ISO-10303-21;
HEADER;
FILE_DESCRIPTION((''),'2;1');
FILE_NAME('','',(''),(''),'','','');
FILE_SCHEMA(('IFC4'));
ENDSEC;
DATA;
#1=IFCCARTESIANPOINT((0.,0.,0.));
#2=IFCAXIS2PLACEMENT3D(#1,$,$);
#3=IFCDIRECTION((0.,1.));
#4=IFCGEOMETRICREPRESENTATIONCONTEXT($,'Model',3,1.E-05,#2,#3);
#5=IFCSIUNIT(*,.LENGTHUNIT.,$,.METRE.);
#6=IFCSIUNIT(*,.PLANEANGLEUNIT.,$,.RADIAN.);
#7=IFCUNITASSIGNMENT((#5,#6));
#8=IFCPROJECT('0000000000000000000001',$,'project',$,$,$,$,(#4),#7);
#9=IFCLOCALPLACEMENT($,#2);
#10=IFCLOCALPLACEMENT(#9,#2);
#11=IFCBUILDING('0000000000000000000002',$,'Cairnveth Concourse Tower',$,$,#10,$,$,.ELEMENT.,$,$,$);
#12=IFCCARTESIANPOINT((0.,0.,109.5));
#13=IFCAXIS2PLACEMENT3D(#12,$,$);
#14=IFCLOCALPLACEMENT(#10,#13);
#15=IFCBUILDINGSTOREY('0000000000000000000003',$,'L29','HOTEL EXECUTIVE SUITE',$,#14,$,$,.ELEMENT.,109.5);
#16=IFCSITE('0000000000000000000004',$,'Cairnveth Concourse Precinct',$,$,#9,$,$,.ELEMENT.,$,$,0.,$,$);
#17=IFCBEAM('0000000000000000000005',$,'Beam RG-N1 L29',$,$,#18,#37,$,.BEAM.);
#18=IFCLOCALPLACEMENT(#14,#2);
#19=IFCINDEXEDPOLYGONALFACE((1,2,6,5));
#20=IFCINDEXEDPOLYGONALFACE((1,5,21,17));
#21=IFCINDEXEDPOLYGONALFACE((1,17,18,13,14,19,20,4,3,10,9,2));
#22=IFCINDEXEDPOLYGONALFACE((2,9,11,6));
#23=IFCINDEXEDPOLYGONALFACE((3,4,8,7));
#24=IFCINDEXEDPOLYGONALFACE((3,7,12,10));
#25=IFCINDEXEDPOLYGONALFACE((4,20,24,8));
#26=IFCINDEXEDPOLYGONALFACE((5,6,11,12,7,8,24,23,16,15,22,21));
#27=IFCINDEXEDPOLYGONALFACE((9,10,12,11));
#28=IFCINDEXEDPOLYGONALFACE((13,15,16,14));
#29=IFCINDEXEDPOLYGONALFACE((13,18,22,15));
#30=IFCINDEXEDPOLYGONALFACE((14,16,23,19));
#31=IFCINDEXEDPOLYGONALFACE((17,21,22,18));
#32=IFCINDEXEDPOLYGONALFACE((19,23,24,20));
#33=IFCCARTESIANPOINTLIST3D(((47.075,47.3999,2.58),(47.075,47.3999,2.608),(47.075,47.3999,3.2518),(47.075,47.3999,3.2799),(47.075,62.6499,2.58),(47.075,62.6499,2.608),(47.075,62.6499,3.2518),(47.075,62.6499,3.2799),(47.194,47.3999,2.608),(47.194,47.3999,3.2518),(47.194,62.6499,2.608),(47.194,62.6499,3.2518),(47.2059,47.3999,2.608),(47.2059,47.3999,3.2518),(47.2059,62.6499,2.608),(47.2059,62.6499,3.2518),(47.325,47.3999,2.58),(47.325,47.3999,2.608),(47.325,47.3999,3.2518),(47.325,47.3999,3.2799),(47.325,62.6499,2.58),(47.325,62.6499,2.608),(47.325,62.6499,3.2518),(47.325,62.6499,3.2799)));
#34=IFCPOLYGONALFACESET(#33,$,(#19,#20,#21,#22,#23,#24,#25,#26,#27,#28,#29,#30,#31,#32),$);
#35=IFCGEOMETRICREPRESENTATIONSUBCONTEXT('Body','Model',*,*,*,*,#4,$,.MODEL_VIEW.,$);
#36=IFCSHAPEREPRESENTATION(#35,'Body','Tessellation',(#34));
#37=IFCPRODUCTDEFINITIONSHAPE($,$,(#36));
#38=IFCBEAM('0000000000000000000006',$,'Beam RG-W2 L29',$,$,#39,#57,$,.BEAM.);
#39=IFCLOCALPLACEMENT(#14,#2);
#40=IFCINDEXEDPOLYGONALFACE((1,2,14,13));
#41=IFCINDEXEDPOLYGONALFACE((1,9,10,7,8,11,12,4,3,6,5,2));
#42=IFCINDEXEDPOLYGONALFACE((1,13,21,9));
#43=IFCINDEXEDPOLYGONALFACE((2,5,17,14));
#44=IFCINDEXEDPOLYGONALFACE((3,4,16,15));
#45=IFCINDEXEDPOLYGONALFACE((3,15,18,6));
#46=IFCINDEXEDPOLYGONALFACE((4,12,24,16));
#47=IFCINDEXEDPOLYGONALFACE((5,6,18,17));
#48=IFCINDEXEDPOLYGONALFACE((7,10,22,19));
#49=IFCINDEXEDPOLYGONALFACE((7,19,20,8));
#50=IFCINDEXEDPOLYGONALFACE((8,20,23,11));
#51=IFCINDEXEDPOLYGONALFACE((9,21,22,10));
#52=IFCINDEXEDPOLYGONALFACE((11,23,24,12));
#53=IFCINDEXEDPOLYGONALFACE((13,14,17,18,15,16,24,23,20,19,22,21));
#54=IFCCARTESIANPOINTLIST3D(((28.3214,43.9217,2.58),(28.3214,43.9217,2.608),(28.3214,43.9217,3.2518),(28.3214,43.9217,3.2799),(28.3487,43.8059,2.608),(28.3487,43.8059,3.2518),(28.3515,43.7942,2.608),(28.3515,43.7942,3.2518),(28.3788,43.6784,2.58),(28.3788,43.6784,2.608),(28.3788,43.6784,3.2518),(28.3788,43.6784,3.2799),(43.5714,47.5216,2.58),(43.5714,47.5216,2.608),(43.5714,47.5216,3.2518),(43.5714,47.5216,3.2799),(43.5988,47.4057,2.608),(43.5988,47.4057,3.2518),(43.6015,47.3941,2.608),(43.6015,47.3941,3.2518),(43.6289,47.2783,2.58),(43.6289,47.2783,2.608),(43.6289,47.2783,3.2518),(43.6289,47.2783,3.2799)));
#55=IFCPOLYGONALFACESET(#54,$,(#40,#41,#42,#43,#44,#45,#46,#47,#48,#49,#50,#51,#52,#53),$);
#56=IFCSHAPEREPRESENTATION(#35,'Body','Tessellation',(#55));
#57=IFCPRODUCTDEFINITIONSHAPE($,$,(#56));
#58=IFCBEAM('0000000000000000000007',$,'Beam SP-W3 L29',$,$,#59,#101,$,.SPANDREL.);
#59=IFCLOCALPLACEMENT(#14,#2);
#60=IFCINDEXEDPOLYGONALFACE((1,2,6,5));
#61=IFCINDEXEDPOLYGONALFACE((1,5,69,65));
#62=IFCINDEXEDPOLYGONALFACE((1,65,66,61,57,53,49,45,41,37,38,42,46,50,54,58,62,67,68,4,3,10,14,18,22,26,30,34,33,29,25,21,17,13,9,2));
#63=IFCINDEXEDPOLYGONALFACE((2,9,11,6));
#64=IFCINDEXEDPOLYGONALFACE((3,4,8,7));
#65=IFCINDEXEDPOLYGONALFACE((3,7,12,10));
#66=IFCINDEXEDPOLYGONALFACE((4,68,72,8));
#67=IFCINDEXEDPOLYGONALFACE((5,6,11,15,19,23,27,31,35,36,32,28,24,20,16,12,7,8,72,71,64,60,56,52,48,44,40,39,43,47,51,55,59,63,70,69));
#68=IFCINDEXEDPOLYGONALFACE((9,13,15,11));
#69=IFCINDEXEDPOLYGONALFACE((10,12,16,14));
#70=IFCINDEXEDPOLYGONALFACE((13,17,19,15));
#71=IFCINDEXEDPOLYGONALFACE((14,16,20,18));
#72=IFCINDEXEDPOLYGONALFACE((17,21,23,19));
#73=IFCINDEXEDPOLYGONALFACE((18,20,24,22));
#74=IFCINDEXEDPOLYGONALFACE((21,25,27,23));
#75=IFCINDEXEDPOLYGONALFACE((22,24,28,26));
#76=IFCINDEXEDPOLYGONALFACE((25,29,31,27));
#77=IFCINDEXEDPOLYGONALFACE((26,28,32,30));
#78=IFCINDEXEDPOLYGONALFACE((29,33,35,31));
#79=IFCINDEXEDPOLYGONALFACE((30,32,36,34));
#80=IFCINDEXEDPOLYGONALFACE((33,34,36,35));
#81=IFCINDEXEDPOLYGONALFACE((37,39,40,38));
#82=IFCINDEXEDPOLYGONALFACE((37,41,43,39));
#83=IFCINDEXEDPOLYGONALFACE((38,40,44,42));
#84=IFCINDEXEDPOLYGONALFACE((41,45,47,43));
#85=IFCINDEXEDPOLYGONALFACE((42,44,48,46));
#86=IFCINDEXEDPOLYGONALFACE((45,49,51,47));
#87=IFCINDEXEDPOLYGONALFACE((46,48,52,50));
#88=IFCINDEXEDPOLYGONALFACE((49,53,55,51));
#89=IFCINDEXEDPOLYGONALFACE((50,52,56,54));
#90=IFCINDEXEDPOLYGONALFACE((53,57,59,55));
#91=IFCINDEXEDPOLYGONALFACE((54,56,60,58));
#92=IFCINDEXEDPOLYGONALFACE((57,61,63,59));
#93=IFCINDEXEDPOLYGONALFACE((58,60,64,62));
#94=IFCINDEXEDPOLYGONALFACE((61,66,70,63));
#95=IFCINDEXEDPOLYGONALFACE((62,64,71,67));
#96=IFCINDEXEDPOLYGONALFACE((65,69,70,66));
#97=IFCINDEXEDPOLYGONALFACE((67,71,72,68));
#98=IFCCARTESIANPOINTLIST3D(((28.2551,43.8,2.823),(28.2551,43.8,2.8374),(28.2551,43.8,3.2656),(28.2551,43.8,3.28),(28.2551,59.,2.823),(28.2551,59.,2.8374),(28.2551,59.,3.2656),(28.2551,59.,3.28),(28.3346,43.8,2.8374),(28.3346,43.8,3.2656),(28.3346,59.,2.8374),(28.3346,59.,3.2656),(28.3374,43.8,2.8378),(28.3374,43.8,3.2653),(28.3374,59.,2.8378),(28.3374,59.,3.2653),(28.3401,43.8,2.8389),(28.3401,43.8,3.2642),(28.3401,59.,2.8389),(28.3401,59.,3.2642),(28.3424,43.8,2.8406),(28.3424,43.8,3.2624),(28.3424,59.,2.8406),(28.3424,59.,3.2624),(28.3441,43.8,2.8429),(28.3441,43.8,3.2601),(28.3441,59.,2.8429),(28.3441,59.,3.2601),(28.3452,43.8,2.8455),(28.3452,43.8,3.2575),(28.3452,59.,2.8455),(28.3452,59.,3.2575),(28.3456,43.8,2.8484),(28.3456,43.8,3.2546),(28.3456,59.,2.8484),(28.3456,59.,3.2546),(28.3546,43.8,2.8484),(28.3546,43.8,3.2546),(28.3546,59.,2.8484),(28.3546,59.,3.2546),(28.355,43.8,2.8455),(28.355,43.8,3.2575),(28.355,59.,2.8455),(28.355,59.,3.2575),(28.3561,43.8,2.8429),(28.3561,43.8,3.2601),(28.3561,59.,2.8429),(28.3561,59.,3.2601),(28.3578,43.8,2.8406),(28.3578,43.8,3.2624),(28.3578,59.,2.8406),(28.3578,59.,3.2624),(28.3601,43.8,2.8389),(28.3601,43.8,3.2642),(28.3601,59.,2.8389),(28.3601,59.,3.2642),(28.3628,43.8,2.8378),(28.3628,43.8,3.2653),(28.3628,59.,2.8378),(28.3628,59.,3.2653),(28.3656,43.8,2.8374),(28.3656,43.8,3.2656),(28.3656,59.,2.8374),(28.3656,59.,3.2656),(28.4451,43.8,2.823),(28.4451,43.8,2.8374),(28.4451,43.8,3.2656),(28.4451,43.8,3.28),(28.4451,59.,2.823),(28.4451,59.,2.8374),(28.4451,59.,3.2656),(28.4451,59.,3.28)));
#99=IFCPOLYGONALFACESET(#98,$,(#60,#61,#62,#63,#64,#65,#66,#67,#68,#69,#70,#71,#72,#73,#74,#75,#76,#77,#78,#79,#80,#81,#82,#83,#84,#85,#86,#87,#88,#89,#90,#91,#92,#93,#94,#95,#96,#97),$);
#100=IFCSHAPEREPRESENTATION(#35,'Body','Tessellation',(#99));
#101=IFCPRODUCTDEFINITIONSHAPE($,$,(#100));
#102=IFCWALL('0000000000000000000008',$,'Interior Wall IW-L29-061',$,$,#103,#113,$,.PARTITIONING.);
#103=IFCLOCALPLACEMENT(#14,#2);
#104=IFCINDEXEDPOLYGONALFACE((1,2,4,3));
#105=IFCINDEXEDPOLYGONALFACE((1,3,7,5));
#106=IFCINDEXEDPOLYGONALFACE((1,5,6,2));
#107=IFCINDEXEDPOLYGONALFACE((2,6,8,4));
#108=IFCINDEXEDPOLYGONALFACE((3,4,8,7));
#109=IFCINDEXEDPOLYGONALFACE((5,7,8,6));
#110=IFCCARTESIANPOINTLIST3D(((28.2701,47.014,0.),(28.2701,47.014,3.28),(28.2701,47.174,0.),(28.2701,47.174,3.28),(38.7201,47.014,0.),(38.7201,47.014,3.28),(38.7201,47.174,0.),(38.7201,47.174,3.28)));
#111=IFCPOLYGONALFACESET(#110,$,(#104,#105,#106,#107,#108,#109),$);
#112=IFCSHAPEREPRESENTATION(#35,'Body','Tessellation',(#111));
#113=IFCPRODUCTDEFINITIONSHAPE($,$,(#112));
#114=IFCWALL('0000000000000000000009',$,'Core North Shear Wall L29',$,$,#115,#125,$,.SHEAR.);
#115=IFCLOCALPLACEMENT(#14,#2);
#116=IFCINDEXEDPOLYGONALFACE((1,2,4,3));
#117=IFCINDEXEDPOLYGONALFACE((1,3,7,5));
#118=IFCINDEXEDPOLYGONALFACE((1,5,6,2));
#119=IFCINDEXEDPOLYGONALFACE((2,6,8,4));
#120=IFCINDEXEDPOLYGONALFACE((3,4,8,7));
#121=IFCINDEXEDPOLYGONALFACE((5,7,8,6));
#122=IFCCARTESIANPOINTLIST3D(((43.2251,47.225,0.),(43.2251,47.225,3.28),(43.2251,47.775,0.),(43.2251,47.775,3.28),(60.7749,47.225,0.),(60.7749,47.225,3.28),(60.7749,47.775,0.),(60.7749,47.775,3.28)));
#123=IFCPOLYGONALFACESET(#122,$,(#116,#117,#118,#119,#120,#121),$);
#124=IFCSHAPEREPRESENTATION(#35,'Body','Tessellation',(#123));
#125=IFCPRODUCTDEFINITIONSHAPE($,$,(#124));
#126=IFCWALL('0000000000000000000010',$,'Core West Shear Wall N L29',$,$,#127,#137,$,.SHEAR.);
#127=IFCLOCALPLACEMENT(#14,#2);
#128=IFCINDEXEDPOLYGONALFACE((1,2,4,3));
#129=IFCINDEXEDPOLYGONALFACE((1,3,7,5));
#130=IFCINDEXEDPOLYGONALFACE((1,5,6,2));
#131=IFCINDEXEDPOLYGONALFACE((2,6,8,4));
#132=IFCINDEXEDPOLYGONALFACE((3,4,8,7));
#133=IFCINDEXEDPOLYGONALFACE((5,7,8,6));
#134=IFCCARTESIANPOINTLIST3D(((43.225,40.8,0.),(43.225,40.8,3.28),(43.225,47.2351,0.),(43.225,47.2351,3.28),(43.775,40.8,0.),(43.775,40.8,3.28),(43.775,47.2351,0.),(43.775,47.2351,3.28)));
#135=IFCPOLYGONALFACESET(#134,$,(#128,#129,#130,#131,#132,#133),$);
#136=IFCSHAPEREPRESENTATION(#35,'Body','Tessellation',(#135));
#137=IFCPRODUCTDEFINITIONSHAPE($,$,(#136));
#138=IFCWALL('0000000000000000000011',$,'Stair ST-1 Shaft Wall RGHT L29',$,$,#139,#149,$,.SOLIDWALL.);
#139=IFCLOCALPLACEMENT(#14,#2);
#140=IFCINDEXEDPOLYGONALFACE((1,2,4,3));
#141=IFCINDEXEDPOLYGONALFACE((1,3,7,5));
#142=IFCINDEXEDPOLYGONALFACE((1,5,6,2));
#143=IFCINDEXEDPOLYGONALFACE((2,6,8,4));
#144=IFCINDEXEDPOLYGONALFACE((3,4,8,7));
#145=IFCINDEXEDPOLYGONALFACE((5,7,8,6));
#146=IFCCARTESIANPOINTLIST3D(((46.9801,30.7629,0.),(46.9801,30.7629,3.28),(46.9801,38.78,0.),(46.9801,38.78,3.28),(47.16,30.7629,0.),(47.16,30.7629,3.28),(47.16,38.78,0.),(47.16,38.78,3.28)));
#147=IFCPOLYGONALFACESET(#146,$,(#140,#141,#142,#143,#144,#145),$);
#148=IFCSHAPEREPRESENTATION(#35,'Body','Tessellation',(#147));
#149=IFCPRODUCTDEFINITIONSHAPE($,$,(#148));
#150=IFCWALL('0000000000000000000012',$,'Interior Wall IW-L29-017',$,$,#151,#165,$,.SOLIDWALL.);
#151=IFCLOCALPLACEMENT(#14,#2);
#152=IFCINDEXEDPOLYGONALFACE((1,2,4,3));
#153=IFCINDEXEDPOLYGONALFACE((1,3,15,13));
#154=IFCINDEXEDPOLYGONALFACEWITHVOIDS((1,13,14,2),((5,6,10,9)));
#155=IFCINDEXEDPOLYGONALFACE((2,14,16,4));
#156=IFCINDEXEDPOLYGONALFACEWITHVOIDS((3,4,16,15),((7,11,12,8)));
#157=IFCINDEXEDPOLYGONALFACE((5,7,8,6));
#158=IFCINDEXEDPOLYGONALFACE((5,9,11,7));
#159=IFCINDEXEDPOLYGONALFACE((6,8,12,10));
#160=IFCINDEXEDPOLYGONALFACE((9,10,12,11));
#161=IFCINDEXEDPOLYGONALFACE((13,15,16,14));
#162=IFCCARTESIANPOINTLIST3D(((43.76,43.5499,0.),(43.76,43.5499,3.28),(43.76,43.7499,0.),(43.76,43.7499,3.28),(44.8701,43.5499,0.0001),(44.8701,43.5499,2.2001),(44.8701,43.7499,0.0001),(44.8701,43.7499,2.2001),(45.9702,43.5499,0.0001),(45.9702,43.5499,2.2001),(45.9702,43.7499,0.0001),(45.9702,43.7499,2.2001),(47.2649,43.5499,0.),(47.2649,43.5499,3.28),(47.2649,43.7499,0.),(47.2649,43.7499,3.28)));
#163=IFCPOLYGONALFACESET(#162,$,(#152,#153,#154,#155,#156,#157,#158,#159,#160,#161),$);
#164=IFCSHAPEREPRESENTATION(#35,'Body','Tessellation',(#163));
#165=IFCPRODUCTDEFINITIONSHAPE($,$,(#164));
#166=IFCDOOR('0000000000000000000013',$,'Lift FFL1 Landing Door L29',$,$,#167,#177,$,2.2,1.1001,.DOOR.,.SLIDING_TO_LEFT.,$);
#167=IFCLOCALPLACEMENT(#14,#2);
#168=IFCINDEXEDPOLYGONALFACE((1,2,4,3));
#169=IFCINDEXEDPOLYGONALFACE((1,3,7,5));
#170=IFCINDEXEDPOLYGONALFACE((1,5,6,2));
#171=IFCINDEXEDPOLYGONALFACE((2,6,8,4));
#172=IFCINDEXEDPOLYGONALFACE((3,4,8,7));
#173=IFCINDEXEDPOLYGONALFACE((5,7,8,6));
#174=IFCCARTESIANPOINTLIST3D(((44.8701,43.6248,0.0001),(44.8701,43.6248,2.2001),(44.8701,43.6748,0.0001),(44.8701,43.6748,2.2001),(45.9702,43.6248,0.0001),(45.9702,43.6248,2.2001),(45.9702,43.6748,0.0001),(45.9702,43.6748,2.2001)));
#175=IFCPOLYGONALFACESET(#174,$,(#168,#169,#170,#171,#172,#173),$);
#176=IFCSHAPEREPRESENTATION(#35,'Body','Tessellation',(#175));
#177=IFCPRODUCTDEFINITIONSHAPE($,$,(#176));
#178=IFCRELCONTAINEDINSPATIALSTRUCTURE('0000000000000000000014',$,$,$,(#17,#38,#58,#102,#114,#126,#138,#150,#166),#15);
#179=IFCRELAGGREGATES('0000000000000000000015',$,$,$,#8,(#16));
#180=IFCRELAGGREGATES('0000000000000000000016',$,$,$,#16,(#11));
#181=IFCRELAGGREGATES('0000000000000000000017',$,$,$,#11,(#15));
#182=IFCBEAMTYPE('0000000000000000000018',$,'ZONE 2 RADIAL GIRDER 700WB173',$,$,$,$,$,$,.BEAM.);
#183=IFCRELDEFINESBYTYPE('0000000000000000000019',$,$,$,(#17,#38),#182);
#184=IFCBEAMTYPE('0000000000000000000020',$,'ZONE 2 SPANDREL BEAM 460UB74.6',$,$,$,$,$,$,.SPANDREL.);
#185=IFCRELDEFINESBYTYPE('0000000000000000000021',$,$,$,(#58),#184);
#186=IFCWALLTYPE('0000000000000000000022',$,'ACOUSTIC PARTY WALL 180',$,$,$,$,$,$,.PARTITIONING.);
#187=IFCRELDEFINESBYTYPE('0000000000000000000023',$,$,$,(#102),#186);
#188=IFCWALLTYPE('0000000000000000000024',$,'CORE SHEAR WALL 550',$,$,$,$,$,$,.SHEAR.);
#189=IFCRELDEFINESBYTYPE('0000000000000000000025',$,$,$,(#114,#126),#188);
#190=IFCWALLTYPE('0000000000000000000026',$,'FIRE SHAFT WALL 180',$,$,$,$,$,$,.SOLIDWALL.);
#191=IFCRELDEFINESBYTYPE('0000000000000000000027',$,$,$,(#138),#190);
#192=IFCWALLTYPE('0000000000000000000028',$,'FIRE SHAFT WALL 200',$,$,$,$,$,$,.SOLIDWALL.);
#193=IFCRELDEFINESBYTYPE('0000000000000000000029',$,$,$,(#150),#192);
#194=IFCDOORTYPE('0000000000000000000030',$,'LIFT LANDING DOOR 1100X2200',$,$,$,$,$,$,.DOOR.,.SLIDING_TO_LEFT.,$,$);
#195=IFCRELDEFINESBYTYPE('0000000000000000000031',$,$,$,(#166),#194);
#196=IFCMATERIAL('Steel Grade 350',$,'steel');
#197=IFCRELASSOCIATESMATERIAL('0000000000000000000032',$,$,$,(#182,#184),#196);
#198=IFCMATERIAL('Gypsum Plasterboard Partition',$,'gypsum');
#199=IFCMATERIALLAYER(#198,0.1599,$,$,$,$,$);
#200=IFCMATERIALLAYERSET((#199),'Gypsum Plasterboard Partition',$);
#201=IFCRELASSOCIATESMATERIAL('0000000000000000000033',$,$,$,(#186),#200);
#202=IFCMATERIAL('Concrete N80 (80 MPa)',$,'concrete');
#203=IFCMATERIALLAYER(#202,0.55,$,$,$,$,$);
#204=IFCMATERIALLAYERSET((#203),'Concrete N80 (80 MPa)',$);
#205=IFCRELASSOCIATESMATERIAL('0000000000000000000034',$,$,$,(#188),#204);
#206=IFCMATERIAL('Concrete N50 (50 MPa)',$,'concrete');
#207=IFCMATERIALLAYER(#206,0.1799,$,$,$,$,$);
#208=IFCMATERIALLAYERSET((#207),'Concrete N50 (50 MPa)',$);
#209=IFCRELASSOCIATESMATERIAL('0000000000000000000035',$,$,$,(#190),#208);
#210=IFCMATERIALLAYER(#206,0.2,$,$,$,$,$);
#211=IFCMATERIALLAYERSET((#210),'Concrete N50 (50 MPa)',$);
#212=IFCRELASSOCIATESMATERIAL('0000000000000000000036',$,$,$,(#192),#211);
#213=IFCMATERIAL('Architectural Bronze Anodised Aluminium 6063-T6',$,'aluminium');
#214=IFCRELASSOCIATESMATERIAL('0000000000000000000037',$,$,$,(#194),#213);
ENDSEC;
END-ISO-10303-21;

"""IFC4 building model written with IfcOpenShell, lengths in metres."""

from ifc_helpers import new_model, si_unit, direction, frame, frame_2d, origin, origin_2d, place, context, subcontext, project, spatial, rectangle, i_section, extrude, material, layer, layer_set, material_profile, profile_set, type_object, element, fill, save


model = new_model("IFC4")

# Units and contexts
model_context = context("Model", 3, precision=1e-05, world=origin(), true_north=direction((0.0, 1.0)))
body_context = subcontext(model_context, "Body", "Model", "MODEL_VIEW")
ifc_project = project(units=[si_unit("LENGTHUNIT", "METRE"), si_unit("PLANEANGLEUNIT", "RADIAN")], contexts=[model_context])

# Site, building, storey
site_placement = place(None, origin())
site = spatial("IfcSite", under=ifc_project, at=site_placement, Name="Cairnveth Concourse Precinct", CompositionType="ELEMENT", RefElevation=0.0)
building_placement = place(site_placement, origin())
building = spatial("IfcBuilding", under=site, at=building_placement, Name="Cairnveth Concourse Tower", CompositionType="ELEMENT")
storey_placement = place(building_placement, frame((0.0, 0.0, 109.5)))
storey = spatial("IfcBuildingStorey", under=building, at=storey_placement, Name="L29", Description="HOTEL EXECUTIVE SUITE", CompositionType="ELEMENT", Elevation=109.5)

# Beams
ifc_material_1 = material(Name="Steel Grade 350", Category="steel")
ifc_material_profile_1 = material_profile(ifc_material_1, i_section(OverallWidth=0.25, OverallDepth=0.7, WebThickness=0.012, FlangeThickness=0.0281, at=origin_2d()), Name="700WB173")
ifc_profile_set_1 = profile_set([ifc_material_profile_1], Name="Steel Grade 350")
beam_type_1 = type_object("IfcBeamType", Name="ZONE 2 RADIAL GIRDER 700WB173", PredefinedType="BEAM", material=ifc_profile_set_1)
beam_1_placement = place(storey_placement, frame((47.2, 47.3999, 2.9299), z_axis=(0.0, 1.0, 0.0), x_axis=(-1.0, 0.0, 0.0)))
element("IfcBeam", 1, at=beam_1_placement, inside=storey, type_object=beam_type_1, Name="Beam RG-N1 L29", PredefinedType="BEAM", context=body_context, shape_type="SweptSolid", body=[
    extrude(i_section(OverallWidth=0.25, OverallDepth=0.7, WebThickness=0.012, FlangeThickness=0.0281, at=origin_2d()), origin(), (0.0, 0.0, 1.0), 15.25),
])
beam_2_placement = place(storey_placement, frame((28.3501, 43.8, 2.9299), z_axis=(0.973252, 0.229742, 0.0), x_axis=(-0.229742, 0.973252, 0.0)))
element("IfcBeam", 2, at=beam_2_placement, inside=storey, type_object=beam_type_1, Name="Beam RG-W2 L29", PredefinedType="BEAM", context=body_context, shape_type="SweptSolid", body=[
    extrude(i_section(OverallWidth=0.25, OverallDepth=0.7, WebThickness=0.012, FlangeThickness=0.0281, at=origin_2d()), origin(), (0.0, 0.0, 1.0), 15.6692),
])
ifc_material_profile_2 = material_profile(ifc_material_1, i_section(OverallWidth=0.1899, OverallDepth=0.457, WebThickness=0.009, FlangeThickness=0.0144, FilletRadius=0.011, at=origin_2d()), Name="460UB74.6")
ifc_profile_set_2 = profile_set([ifc_material_profile_2], Name="Steel Grade 350")
beam_type_2 = type_object("IfcBeamType", Name="ZONE 2 SPANDREL BEAM 460UB74.6", PredefinedType="SPANDREL", material=ifc_profile_set_2)
beam_3_placement = place(storey_placement, frame((28.3501, 43.8, 3.0515), z_axis=(0.0, 1.0, 0.0), x_axis=(-1.0, 0.0, 0.0)))
element("IfcBeam", 3, at=beam_3_placement, inside=storey, type_object=beam_type_2, Name="Beam SP-W3 L29", PredefinedType="SPANDREL", context=body_context, shape_type="SweptSolid", body=[
    extrude(i_section(OverallWidth=0.1899, OverallDepth=0.457, WebThickness=0.009, FlangeThickness=0.0144, FilletRadius=0.011, at=origin_2d()), origin(), (0.0, 0.0, 1.0), 15.2),
])

# Walls
ifc_material_2 = material(Name="Gypsum Plasterboard Partition", Category="gypsum")
ifc_layer_1 = layer(ifc_material_2, 0.1599)
ifc_layer_set_1 = layer_set([ifc_layer_1], Name="Gypsum Plasterboard Partition")
wall_type_1 = type_object("IfcWallType", Name="ACOUSTIC PARTY WALL 180", PredefinedType="PARTITIONING", material=ifc_layer_set_1)
wall_1_placement = place(storey_placement, frame((28.27, 47.094, 0.0), z_axis=(0.0, 0.0, 1.0), x_axis=(1.0, 0.0, 0.0)))
element("IfcWall", 4, at=wall_1_placement, inside=storey, type_object=wall_type_1, Name="Interior Wall IW-L29-061", PredefinedType="PARTITIONING", context=body_context, shape_type="SweptSolid", body=[
    extrude(rectangle(XDim=10.45, YDim=0.1599, at=frame_2d((5.2251, 0.0))), origin(), (0.0, 0.0, 1.0), 3.28),
])
ifc_material_3 = material(Name="Concrete N80 (80 MPa)", Category="concrete")
ifc_layer_2 = layer(ifc_material_3, 0.55)
ifc_layer_set_2 = layer_set([ifc_layer_2], Name="Concrete N80 (80 MPa)")
wall_type_2 = type_object("IfcWallType", Name="CORE SHEAR WALL 550", PredefinedType="SHEAR", material=ifc_layer_set_2)
wall_2_placement = place(storey_placement, frame((43.2251, 47.5, 0.0), z_axis=(0.0, 0.0, 1.0), x_axis=(1.0, 0.0, 0.0)))
element("IfcWall", 5, at=wall_2_placement, inside=storey, type_object=wall_type_2, Name="Core North Shear Wall L29", PredefinedType="SHEAR", context=body_context, shape_type="SweptSolid", body=[
    extrude(rectangle(XDim=17.5498, YDim=0.55, at=frame_2d((8.7749, 0.0))), origin(), (0.0, 0.0, 1.0), 3.28),
])
wall_3_placement = place(storey_placement, frame((43.5, 40.8, 0.0), z_axis=(0.0, 0.0, 1.0), x_axis=(0.0, 1.0, 0.0)))
element("IfcWall", 6, at=wall_3_placement, inside=storey, type_object=wall_type_2, Name="Core West Shear Wall N L29", PredefinedType="SHEAR", context=body_context, shape_type="SweptSolid", body=[
    extrude(rectangle(XDim=6.4351, YDim=0.55, at=frame_2d((3.2175, 0.0))), origin(), (0.0, 0.0, 1.0), 3.28),
])

# Shared definitions
ifc_material_4 = material(Name="Concrete N50 (50 MPa)", Category="concrete")
ifc_layer_3 = layer(ifc_material_4, 0.1799)
ifc_layer_set_3 = layer_set([ifc_layer_3], Name="Concrete N50 (50 MPa)")
wall_type_3 = type_object("IfcWallType", Name="FIRE SHAFT WALL 180", PredefinedType="SOLIDWALL", material=ifc_layer_set_3)

# Wall
wall_4_placement = place(storey_placement, frame((47.0701, 38.78, 0.0), z_axis=(0.0, 0.0, 1.0), x_axis=(0.0, -1.0, 0.0)))
element("IfcWall", 7, at=wall_4_placement, inside=storey, type_object=wall_type_3, Name="Stair ST-1 Shaft Wall RGHT L29", PredefinedType="SOLIDWALL", context=body_context, shape_type="SweptSolid", body=[
    extrude(rectangle(XDim=8.0171, YDim=0.1799, at=frame_2d((4.0085, 0.0))), origin(), (0.0, 0.0, 1.0), 3.28),
])

# Wall, opening, door
ifc_layer_4 = layer(ifc_material_4, 0.2)
ifc_layer_set_4 = layer_set([ifc_layer_4], Name="Concrete N50 (50 MPa)")
wall_type_4 = type_object("IfcWallType", Name="FIRE SHAFT WALL 200", PredefinedType="SOLIDWALL", material=ifc_layer_set_4)
wall_5_placement = place(storey_placement, frame((43.76, 43.6499, 0.0), z_axis=(0.0, 0.0, 1.0), x_axis=(1.0, 0.0, 0.0)))
wall_5 = element("IfcWall", 8, at=wall_5_placement, inside=storey, type_object=wall_type_4, Name="Interior Wall IW-L29-017", PredefinedType="SOLIDWALL", context=body_context, shape_type="SweptSolid", body=[
    extrude(rectangle(XDim=3.5049, YDim=0.2, at=frame_2d((1.7524, 0.0))), origin(), (0.0, 0.0, 1.0), 3.28),
])
opening_1_placement = place(wall_5_placement, frame((1.1101, 0.0, 0.0)))
opening_1 = element("IfcOpeningElement", 9, at=opening_1_placement, cuts=wall_5, PredefinedType="OPENING", context=body_context, shape_type="SweptSolid", body=[
    extrude(rectangle(XDim=1.1001, YDim=2.2, at=frame_2d((0.55, 1.1001))), frame((0.0, 0.1099, 0.0), z_axis=(0.0, -1.0, 0.0), x_axis=(1.0, 0.0, 0.0)), (0.0, 0.0, 1.0), 0.22),
])
ifc_material_5 = material(Name="Architectural Bronze Anodised Aluminium 6063-T6", Category="aluminium")
door_type_1 = type_object("IfcDoorType", Name="LIFT LANDING DOOR 1100X2200", OperationType="SLIDING_TO_LEFT", PredefinedType="DOOR", material=ifc_material_5)
door_1_placement = place(opening_1_placement, origin())
door_1 = element("IfcDoor", 10, at=door_1_placement, inside=storey, type_object=door_type_1, Name="Lift FFL1 Landing Door L29", OperationType="SLIDING_TO_LEFT", OverallHeight=2.2, OverallWidth=1.1001, PredefinedType="DOOR", context=body_context, shape_type="SweptSolid", body=[
    extrude(rectangle(XDim=1.1001, YDim=2.2, at=frame_2d((0.55, 1.1001))), frame((0.0, 0.0249, 0.0), z_axis=(0.0, -1.0, 0.0), x_axis=(1.0, 0.0, 0.0)), (0.0, 0.0, 1.0), 0.05),
])
fill(opening_1, door_1)

save(model, "model.ifc")
